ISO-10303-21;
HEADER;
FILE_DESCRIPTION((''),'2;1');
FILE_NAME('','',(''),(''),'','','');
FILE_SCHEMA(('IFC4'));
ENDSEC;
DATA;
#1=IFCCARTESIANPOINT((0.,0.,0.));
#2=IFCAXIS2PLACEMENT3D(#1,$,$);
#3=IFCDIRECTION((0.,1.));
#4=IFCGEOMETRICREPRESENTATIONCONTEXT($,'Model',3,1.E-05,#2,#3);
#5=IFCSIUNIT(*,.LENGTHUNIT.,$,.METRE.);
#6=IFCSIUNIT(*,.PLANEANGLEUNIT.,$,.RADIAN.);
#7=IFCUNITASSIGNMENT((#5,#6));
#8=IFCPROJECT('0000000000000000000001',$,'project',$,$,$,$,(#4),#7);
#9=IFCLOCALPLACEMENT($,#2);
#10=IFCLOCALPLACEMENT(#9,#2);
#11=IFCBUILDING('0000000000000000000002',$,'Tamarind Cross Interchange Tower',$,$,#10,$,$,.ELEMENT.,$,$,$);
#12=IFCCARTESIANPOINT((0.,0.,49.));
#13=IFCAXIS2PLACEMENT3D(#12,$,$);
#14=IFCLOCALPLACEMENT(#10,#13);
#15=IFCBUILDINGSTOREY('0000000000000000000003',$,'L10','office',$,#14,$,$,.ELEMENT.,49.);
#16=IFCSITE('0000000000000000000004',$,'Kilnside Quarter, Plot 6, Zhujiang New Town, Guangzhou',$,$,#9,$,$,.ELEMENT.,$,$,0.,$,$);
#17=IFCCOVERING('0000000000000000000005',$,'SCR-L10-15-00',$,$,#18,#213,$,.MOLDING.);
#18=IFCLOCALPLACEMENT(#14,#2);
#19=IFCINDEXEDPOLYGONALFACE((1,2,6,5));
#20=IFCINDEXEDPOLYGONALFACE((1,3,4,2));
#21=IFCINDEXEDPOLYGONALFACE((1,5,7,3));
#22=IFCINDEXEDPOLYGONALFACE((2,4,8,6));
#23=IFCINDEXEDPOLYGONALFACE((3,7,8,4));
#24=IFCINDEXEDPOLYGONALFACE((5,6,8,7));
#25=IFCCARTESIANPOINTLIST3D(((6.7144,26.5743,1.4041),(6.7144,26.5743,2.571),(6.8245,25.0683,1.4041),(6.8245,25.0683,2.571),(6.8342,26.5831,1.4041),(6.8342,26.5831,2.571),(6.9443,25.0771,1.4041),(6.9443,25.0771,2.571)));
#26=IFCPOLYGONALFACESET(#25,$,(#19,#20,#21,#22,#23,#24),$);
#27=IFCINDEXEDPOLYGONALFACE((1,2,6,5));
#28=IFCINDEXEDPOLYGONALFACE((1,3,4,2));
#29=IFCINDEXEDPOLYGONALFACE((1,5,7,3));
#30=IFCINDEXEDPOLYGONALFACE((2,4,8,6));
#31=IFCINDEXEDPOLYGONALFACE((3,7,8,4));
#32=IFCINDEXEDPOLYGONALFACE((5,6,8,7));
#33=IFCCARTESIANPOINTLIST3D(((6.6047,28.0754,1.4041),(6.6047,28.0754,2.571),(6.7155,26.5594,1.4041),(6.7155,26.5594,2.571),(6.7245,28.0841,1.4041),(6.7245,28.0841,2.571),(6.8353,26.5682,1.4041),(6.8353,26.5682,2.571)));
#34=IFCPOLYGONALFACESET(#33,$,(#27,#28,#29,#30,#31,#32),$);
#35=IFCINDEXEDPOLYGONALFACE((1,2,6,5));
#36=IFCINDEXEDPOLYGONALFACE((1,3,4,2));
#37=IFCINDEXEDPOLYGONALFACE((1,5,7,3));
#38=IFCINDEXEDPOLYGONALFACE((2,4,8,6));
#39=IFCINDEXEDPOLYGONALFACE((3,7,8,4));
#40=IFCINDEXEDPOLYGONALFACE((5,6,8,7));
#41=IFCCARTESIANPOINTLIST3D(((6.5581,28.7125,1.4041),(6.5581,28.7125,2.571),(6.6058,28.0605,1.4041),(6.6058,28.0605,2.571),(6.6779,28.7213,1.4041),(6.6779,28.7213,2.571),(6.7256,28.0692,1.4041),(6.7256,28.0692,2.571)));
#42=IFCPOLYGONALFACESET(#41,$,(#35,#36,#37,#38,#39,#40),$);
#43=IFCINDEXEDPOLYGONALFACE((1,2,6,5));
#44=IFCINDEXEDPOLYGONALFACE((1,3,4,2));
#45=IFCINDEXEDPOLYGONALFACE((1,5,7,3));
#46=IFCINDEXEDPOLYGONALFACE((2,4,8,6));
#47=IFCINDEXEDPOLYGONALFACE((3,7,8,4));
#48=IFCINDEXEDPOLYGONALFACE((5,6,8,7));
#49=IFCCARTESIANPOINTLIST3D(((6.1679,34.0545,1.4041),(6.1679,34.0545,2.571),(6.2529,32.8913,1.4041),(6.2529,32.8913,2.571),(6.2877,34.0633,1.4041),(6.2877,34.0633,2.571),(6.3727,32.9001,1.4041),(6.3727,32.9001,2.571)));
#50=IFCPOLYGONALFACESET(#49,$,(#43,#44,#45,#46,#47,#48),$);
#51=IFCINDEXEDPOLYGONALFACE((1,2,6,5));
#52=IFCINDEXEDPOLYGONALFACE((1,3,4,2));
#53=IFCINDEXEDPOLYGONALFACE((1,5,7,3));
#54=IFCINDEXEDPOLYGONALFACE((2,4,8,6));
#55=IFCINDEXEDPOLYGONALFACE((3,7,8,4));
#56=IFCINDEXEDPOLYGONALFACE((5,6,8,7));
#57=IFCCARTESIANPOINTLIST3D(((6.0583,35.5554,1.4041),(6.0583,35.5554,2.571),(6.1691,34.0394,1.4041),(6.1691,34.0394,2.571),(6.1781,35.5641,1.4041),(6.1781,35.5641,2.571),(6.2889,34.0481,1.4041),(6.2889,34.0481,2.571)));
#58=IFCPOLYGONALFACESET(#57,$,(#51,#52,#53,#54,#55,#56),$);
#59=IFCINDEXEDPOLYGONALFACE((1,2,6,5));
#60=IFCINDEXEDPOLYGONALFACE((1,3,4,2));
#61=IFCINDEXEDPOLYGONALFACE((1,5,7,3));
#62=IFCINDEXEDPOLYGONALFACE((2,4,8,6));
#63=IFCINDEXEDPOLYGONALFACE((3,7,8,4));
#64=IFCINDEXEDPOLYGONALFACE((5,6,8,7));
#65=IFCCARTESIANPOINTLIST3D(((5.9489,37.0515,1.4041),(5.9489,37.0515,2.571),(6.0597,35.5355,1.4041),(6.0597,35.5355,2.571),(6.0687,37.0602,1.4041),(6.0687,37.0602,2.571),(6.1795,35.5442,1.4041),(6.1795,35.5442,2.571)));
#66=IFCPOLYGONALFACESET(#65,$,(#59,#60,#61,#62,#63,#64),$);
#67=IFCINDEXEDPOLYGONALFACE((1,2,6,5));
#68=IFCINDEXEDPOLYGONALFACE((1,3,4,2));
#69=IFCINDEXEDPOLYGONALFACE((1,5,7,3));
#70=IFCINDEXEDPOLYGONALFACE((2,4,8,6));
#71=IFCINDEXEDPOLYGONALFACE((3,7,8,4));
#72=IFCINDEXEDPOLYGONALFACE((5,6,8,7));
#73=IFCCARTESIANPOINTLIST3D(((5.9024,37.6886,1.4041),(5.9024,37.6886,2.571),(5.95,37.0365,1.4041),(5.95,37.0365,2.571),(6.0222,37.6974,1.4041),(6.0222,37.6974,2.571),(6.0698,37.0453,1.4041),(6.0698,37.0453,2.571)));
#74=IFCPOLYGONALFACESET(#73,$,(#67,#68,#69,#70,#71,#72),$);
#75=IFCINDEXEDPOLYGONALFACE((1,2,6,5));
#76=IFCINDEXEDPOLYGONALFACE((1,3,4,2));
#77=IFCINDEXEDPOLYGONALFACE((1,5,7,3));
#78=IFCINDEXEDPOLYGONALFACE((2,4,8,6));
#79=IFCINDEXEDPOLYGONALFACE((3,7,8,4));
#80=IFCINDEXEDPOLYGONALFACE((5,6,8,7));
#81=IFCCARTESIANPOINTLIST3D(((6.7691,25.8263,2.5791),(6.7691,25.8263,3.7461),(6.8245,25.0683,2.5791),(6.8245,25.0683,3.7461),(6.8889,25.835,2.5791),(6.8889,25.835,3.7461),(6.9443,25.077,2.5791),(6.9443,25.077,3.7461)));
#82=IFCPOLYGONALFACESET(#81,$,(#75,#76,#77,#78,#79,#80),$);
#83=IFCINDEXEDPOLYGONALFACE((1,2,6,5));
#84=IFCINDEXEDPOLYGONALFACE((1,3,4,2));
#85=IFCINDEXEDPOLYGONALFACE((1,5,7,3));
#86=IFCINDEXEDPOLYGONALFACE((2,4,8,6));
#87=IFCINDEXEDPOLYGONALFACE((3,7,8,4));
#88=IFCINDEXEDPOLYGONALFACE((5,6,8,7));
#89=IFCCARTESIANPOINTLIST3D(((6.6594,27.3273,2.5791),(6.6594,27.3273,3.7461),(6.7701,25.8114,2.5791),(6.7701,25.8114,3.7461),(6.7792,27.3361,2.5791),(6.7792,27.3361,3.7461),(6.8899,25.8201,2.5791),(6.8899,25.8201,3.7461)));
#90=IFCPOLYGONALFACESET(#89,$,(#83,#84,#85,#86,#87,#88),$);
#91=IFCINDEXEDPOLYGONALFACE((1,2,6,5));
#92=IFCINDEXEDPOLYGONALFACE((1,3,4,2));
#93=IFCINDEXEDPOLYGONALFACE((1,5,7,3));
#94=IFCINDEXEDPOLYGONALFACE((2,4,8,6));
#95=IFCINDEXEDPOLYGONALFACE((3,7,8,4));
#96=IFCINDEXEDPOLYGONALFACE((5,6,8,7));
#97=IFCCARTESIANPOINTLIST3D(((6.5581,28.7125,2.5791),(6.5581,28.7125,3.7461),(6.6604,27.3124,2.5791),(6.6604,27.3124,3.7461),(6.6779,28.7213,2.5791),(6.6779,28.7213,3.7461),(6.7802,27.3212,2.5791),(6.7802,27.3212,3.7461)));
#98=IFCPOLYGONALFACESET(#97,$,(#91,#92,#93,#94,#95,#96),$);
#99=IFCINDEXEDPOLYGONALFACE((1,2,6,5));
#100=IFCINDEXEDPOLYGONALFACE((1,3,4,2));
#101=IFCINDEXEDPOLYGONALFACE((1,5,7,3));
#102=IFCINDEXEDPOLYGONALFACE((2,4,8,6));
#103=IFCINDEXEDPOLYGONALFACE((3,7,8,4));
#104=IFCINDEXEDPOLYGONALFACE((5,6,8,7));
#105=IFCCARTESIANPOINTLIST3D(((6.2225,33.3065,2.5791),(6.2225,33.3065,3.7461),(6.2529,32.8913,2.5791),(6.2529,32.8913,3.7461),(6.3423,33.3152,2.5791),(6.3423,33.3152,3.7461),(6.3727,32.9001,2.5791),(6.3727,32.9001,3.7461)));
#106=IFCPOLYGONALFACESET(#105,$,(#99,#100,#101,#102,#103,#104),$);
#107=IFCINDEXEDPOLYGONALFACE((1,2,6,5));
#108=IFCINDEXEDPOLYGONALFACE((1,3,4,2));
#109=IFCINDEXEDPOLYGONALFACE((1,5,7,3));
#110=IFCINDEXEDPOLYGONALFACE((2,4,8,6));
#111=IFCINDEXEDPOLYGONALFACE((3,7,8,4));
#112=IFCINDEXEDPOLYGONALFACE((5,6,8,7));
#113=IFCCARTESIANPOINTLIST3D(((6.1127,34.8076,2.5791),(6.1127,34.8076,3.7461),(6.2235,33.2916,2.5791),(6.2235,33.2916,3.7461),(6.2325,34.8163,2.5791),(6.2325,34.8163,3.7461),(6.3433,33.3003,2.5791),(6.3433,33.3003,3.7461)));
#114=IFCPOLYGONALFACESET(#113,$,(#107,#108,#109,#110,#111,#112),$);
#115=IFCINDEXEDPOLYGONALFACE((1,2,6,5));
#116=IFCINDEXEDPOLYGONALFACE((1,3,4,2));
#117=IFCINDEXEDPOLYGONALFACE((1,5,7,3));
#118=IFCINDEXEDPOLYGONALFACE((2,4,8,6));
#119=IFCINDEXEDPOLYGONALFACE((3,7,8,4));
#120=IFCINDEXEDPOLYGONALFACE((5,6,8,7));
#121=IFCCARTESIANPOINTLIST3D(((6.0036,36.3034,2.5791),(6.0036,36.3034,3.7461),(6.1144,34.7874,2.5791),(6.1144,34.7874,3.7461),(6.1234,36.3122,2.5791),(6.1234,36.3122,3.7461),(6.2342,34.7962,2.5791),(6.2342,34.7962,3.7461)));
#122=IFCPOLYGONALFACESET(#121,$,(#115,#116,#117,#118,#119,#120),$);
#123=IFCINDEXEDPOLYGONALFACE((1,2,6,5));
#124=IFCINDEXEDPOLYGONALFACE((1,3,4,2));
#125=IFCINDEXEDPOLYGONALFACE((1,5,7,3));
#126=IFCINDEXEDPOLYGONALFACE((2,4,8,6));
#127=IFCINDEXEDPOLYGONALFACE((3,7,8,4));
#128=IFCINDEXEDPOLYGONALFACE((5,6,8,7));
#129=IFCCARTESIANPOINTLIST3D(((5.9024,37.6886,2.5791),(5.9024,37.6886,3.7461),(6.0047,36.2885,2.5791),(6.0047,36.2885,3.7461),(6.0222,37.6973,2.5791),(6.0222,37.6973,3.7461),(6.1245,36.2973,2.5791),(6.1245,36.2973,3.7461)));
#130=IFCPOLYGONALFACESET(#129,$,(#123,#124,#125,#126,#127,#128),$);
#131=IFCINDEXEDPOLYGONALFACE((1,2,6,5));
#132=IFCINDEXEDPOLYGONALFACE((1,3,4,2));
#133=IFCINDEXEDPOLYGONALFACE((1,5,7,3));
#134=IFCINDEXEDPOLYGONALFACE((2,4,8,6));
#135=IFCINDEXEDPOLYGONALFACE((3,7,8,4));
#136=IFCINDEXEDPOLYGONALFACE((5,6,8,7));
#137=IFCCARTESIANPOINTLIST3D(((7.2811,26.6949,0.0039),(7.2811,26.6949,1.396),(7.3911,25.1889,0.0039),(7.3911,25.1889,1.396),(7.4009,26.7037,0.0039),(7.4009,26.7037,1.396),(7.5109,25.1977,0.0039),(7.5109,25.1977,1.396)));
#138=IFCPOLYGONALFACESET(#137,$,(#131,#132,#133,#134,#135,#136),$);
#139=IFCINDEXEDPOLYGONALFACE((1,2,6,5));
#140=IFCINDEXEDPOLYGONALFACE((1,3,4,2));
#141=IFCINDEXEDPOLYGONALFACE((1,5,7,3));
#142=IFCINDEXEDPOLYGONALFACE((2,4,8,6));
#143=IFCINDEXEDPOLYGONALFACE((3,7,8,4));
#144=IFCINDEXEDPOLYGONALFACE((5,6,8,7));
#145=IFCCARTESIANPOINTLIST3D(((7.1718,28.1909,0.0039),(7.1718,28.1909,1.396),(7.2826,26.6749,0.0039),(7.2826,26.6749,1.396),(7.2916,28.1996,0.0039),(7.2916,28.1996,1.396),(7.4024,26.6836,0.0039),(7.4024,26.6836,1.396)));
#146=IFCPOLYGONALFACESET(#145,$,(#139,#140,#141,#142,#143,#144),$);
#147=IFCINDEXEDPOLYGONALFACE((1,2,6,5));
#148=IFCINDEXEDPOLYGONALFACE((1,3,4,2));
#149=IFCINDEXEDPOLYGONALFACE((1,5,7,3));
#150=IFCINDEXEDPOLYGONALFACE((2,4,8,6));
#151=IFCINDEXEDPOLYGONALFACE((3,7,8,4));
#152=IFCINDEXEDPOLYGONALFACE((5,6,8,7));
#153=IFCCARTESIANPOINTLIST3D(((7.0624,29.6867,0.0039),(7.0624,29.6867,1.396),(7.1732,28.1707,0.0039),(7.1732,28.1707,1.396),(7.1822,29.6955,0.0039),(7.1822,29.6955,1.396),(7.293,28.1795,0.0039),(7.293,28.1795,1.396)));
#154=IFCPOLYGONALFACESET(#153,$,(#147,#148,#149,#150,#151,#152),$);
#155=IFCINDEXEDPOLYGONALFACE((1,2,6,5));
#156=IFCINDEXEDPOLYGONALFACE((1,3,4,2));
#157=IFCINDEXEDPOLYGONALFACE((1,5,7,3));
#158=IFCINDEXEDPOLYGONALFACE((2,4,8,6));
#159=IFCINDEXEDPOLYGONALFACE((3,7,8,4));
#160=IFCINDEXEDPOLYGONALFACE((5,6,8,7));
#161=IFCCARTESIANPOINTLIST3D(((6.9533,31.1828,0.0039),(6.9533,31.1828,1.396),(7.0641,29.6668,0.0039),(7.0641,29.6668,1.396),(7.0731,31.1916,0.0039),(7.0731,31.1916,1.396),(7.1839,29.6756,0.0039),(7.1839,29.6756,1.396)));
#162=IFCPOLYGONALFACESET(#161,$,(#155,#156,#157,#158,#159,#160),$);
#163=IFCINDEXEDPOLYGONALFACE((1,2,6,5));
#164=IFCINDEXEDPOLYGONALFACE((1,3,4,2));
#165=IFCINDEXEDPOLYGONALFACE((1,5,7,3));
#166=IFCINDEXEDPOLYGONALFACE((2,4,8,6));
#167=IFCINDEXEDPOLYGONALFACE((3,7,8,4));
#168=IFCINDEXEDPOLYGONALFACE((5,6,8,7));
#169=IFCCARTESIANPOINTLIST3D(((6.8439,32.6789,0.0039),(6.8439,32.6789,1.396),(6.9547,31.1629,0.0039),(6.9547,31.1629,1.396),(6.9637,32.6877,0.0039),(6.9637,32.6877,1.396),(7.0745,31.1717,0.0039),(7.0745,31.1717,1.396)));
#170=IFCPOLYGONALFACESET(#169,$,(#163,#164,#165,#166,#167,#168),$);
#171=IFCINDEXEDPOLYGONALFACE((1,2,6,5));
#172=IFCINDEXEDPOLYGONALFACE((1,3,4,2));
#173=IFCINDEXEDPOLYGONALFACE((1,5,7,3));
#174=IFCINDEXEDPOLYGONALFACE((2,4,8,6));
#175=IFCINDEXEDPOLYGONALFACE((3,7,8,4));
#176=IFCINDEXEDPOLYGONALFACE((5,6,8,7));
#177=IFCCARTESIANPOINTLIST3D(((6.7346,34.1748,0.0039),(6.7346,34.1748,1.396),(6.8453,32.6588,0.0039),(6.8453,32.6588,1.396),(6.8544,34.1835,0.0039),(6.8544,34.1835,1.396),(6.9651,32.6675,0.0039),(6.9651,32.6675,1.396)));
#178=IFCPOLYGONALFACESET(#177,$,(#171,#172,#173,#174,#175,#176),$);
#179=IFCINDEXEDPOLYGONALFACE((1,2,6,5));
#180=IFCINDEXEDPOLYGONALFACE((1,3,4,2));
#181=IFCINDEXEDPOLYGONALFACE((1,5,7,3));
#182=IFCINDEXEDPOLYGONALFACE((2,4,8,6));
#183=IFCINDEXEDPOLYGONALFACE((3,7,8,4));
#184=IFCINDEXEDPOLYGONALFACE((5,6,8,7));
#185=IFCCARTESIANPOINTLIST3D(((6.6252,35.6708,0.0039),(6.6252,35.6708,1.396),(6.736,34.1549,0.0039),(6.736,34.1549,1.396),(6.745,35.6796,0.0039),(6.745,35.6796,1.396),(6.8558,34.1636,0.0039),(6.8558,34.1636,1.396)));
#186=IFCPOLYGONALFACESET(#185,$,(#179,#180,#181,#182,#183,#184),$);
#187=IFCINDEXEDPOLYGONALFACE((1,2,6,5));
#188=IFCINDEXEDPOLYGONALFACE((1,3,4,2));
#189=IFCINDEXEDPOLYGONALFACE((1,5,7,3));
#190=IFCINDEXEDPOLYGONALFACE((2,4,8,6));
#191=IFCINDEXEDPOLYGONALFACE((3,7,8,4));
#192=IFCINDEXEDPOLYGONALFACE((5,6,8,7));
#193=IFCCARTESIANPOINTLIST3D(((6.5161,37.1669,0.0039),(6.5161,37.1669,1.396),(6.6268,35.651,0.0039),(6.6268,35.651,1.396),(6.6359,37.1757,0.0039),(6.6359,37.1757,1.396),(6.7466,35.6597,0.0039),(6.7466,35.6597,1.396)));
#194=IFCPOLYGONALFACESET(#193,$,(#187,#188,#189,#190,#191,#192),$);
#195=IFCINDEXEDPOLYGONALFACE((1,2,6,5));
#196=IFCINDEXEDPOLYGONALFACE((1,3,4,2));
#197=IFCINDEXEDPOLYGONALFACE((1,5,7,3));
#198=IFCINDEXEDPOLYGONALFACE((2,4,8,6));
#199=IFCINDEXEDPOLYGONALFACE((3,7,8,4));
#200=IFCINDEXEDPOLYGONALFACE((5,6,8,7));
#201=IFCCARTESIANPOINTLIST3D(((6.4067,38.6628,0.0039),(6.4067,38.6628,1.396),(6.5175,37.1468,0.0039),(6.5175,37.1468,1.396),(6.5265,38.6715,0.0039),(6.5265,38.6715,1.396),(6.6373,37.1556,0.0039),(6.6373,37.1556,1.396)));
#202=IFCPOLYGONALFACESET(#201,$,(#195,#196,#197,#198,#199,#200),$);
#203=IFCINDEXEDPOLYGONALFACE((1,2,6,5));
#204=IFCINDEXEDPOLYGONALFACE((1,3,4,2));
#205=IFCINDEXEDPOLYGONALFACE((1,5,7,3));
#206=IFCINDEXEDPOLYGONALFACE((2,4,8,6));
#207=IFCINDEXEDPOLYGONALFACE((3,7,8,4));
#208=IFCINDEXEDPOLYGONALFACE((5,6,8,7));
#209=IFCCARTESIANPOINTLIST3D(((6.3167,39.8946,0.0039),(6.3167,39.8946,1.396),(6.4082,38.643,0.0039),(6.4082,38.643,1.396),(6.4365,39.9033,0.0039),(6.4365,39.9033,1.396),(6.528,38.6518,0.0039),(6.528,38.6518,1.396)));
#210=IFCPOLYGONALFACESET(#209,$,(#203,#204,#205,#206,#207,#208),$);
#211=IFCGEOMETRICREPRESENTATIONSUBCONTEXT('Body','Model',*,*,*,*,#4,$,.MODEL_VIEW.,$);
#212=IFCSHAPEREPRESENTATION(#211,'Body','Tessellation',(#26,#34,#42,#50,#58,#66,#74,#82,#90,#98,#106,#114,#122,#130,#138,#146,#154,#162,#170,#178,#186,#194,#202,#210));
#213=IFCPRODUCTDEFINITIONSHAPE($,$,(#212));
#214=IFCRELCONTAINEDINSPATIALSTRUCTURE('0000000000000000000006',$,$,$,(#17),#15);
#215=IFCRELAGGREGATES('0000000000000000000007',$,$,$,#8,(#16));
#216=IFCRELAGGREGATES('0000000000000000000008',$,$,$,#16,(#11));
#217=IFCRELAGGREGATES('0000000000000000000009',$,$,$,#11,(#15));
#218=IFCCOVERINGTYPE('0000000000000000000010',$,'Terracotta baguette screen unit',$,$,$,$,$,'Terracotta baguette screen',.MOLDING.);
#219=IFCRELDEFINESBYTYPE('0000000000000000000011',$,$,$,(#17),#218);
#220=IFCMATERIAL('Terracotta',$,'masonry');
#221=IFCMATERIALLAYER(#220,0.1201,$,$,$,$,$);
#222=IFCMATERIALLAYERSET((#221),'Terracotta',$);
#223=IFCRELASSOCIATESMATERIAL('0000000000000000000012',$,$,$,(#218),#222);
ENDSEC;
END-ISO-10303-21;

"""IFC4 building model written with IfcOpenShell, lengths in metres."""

from ifc_helpers import new_model, si_unit, direction, frame, origin, origin_2d, place, context, subcontext, project, spatial, rectangle, extrude, material, layer, layer_set, type_object, element, save


model = new_model("IFC4")

# Units and contexts
model_context = context("Model", 3, precision=1e-05, world=origin(), true_north=direction((0.0, 1.0)))
body_context = subcontext(model_context, "Body", "Model", "MODEL_VIEW")
ifc_project = project(units=[si_unit("LENGTHUNIT", "METRE"), si_unit("PLANEANGLEUNIT", "RADIAN")], contexts=[model_context])

# Site, building, storey
site_placement = place(None, origin())
site = spatial("IfcSite", under=ifc_project, at=site_placement, Name="Kilnside Quarter, Plot 6, Zhujiang New Town, Guangzhou", CompositionType="ELEMENT", RefElevation=0.0)
building_placement = place(site_placement, origin())
building = spatial("IfcBuilding", under=site, at=building_placement, Name="Tamarind Cross Interchange Tower", CompositionType="ELEMENT")
storey_placement = place(building_placement, frame((0.0, 0.0, 49.0)))
storey = spatial("IfcBuildingStorey", under=building, at=storey_placement, Name="L10", Description="office", CompositionType="ELEMENT", Elevation=49.0)

# Covering
ifc_material_1 = material(Name="Terracotta", Category="masonry")
ifc_layer_1 = layer(ifc_material_1, 0.1201)
ifc_layer_set_1 = layer_set([ifc_layer_1], Name="Terracotta")
covering_type = type_object("IfcCoveringType", Name="Terracotta baguette screen unit", ElementType="Terracotta baguette screen", PredefinedType="MOLDING", material=ifc_layer_set_1)
covering_1_placement = place(storey_placement, origin())
element("IfcCovering", 1, at=covering_1_placement, inside=storey, type_object=covering_type, Name="SCR-L10-15-00", PredefinedType="MOLDING", context=body_context, shape_type="SweptSolid", body=[
    extrude(rectangle(XDim=1.51, YDim=0.1201, at=origin_2d()), frame((6.8293, 25.8257, 1.4041), z_axis=(0.0, 0.0, 1.0), x_axis=(-0.072876, 0.997341, 0.0)), (0.0, 0.0, 1.0), 1.167),
    extrude(rectangle(XDim=1.52, YDim=0.1201, at=origin_2d()), frame((6.72, 27.3218, 1.4041), z_axis=(0.0, 0.0, 1.0), x_axis=(-0.072876, 0.997341, 0.0)), (0.0, 0.0, 1.0), 1.167),
    extrude(rectangle(XDim=0.6538, YDim=0.1201, at=origin_2d()), frame((6.6418, 28.3909, 1.4041), z_axis=(0.0, 0.0, 1.0), x_axis=(-0.072876, 0.997341, 0.0)), (0.0, 0.0, 1.0), 1.167),
    extrude(rectangle(XDim=1.1663, YDim=0.1201, at=origin_2d()), frame((6.2703, 33.4773, 1.4041), z_axis=(0.0, 0.0, 1.0), x_axis=(-0.072876, 0.997341, 0.0)), (0.0, 0.0, 1.0), 1.167),
    extrude(rectangle(XDim=1.52, YDim=0.1201, at=origin_2d()), frame((6.1736, 34.8018, 1.4041), z_axis=(0.0, 0.0, 1.0), x_axis=(-0.072876, 0.997341, 0.0)), (0.0, 0.0, 1.0), 1.167),
    extrude(rectangle(XDim=1.52, YDim=0.1201, at=origin_2d()), frame((6.0642, 36.2979, 1.4041), z_axis=(0.0, 0.0, 1.0), x_axis=(-0.072876, 0.997341, 0.0)), (0.0, 0.0, 1.0), 1.167),
    extrude(rectangle(XDim=0.6538, YDim=0.1201, at=origin_2d()), frame((5.9861, 37.3669, 1.4041), z_axis=(0.0, 0.0, 1.0), x_axis=(-0.072876, 0.997341, 0.0)), (0.0, 0.0, 1.0), 1.167),
    extrude(rectangle(XDim=0.76, YDim=0.1201, at=origin_2d()), frame((6.8567, 25.4517, 2.5791), z_axis=(0.0, 0.0, 1.0), x_axis=(-0.072876, 0.997341, 0.0)), (0.0, 0.0, 1.0), 1.167),
    extrude(rectangle(XDim=1.52, YDim=0.1201, at=origin_2d()), frame((6.7747, 26.5737, 2.5791), z_axis=(0.0, 0.0, 1.0), x_axis=(-0.072876, 0.997341, 0.0)), (0.0, 0.0, 1.0), 1.167),
    extrude(rectangle(XDim=1.4038, YDim=0.1201, at=origin_2d()), frame((6.6692, 28.0168, 2.5791), z_axis=(0.0, 0.0, 1.0), x_axis=(-0.072876, 0.997341, 0.0)), (0.0, 0.0, 1.0), 1.167),
    extrude(rectangle(XDim=0.4163, YDim=0.1201, at=origin_2d()), frame((6.2976, 33.1033, 2.5791), z_axis=(0.0, 0.0, 1.0), x_axis=(-0.072876, 0.997341, 0.0)), (0.0, 0.0, 1.0), 1.167),
    extrude(rectangle(XDim=1.52, YDim=0.1201, at=origin_2d()), frame((6.228, 34.054, 2.5791), z_axis=(0.0, 0.0, 1.0), x_axis=(-0.072876, 0.997341, 0.0)), (0.0, 0.0, 1.0), 1.167),
    extrude(rectangle(XDim=1.52, YDim=0.1201, at=origin_2d()), frame((6.1189, 35.5498, 2.5791), z_axis=(0.0, 0.0, 1.0), x_axis=(-0.072876, 0.997341, 0.0)), (0.0, 0.0, 1.0), 1.167),
    extrude(rectangle(XDim=1.4038, YDim=0.1201, at=origin_2d()), frame((6.0134, 36.9929, 2.5791), z_axis=(0.0, 0.0, 1.0), x_axis=(-0.072876, 0.997341, 0.0)), (0.0, 0.0, 1.0), 1.167),
    extrude(rectangle(XDim=1.51, YDim=0.1201, at=origin_2d()), frame((7.396, 25.9463, 0.0039), z_axis=(0.0, 0.0, 1.0), x_axis=(-0.072876, 0.997341, 0.0)), (0.0, 0.0, 1.0), 1.3921),
    extrude(rectangle(XDim=1.52, YDim=0.1201, at=origin_2d()), frame((7.2871, 27.4373, 0.0039), z_axis=(0.0, 0.0, 1.0), x_axis=(-0.072876, 0.997341, 0.0)), (0.0, 0.0, 1.0), 1.3921),
    extrude(rectangle(XDim=1.52, YDim=0.1201, at=origin_2d()), frame((7.1777, 28.9331, 0.0039), z_axis=(0.0, 0.0, 1.0), x_axis=(-0.072876, 0.997341, 0.0)), (0.0, 0.0, 1.0), 1.3921),
    extrude(rectangle(XDim=1.52, YDim=0.1201, at=origin_2d()), frame((7.0686, 30.4292, 0.0039), z_axis=(0.0, 0.0, 1.0), x_axis=(-0.072876, 0.997341, 0.0)), (0.0, 0.0, 1.0), 1.3921),
    extrude(rectangle(XDim=1.52, YDim=0.1201, at=origin_2d()), frame((6.9592, 31.9253, 0.0039), z_axis=(0.0, 0.0, 1.0), x_axis=(-0.072876, 0.997341, 0.0)), (0.0, 0.0, 1.0), 1.3921),
    extrude(rectangle(XDim=1.52, YDim=0.1201, at=origin_2d()), frame((6.8499, 33.4211, 0.0039), z_axis=(0.0, 0.0, 1.0), x_axis=(-0.072876, 0.997341, 0.0)), (0.0, 0.0, 1.0), 1.3921),
    extrude(rectangle(XDim=1.52, YDim=0.1201, at=origin_2d()), frame((6.7405, 34.9172, 0.0039), z_axis=(0.0, 0.0, 1.0), x_axis=(-0.072876, 0.997341, 0.0)), (0.0, 0.0, 1.0), 1.3921),
    extrude(rectangle(XDim=1.52, YDim=0.1201, at=origin_2d()), frame((6.6313, 36.4133, 0.0039), z_axis=(0.0, 0.0, 1.0), x_axis=(-0.072876, 0.997341, 0.0)), (0.0, 0.0, 1.0), 1.3921),
    extrude(rectangle(XDim=1.52, YDim=0.1201, at=origin_2d()), frame((6.522, 37.9092, 0.0039), z_axis=(0.0, 0.0, 1.0), x_axis=(-0.072876, 0.997341, 0.0)), (0.0, 0.0, 1.0), 1.3921),
    extrude(rectangle(XDim=1.2549, YDim=0.1201, at=origin_2d()), frame((6.4224, 39.2732, 0.0039), z_axis=(0.0, 0.0, 1.0), x_axis=(-0.072876, 0.997341, 0.0)), (0.0, 0.0, 1.0), 1.3921),
])

save(model, "model.ifc")
